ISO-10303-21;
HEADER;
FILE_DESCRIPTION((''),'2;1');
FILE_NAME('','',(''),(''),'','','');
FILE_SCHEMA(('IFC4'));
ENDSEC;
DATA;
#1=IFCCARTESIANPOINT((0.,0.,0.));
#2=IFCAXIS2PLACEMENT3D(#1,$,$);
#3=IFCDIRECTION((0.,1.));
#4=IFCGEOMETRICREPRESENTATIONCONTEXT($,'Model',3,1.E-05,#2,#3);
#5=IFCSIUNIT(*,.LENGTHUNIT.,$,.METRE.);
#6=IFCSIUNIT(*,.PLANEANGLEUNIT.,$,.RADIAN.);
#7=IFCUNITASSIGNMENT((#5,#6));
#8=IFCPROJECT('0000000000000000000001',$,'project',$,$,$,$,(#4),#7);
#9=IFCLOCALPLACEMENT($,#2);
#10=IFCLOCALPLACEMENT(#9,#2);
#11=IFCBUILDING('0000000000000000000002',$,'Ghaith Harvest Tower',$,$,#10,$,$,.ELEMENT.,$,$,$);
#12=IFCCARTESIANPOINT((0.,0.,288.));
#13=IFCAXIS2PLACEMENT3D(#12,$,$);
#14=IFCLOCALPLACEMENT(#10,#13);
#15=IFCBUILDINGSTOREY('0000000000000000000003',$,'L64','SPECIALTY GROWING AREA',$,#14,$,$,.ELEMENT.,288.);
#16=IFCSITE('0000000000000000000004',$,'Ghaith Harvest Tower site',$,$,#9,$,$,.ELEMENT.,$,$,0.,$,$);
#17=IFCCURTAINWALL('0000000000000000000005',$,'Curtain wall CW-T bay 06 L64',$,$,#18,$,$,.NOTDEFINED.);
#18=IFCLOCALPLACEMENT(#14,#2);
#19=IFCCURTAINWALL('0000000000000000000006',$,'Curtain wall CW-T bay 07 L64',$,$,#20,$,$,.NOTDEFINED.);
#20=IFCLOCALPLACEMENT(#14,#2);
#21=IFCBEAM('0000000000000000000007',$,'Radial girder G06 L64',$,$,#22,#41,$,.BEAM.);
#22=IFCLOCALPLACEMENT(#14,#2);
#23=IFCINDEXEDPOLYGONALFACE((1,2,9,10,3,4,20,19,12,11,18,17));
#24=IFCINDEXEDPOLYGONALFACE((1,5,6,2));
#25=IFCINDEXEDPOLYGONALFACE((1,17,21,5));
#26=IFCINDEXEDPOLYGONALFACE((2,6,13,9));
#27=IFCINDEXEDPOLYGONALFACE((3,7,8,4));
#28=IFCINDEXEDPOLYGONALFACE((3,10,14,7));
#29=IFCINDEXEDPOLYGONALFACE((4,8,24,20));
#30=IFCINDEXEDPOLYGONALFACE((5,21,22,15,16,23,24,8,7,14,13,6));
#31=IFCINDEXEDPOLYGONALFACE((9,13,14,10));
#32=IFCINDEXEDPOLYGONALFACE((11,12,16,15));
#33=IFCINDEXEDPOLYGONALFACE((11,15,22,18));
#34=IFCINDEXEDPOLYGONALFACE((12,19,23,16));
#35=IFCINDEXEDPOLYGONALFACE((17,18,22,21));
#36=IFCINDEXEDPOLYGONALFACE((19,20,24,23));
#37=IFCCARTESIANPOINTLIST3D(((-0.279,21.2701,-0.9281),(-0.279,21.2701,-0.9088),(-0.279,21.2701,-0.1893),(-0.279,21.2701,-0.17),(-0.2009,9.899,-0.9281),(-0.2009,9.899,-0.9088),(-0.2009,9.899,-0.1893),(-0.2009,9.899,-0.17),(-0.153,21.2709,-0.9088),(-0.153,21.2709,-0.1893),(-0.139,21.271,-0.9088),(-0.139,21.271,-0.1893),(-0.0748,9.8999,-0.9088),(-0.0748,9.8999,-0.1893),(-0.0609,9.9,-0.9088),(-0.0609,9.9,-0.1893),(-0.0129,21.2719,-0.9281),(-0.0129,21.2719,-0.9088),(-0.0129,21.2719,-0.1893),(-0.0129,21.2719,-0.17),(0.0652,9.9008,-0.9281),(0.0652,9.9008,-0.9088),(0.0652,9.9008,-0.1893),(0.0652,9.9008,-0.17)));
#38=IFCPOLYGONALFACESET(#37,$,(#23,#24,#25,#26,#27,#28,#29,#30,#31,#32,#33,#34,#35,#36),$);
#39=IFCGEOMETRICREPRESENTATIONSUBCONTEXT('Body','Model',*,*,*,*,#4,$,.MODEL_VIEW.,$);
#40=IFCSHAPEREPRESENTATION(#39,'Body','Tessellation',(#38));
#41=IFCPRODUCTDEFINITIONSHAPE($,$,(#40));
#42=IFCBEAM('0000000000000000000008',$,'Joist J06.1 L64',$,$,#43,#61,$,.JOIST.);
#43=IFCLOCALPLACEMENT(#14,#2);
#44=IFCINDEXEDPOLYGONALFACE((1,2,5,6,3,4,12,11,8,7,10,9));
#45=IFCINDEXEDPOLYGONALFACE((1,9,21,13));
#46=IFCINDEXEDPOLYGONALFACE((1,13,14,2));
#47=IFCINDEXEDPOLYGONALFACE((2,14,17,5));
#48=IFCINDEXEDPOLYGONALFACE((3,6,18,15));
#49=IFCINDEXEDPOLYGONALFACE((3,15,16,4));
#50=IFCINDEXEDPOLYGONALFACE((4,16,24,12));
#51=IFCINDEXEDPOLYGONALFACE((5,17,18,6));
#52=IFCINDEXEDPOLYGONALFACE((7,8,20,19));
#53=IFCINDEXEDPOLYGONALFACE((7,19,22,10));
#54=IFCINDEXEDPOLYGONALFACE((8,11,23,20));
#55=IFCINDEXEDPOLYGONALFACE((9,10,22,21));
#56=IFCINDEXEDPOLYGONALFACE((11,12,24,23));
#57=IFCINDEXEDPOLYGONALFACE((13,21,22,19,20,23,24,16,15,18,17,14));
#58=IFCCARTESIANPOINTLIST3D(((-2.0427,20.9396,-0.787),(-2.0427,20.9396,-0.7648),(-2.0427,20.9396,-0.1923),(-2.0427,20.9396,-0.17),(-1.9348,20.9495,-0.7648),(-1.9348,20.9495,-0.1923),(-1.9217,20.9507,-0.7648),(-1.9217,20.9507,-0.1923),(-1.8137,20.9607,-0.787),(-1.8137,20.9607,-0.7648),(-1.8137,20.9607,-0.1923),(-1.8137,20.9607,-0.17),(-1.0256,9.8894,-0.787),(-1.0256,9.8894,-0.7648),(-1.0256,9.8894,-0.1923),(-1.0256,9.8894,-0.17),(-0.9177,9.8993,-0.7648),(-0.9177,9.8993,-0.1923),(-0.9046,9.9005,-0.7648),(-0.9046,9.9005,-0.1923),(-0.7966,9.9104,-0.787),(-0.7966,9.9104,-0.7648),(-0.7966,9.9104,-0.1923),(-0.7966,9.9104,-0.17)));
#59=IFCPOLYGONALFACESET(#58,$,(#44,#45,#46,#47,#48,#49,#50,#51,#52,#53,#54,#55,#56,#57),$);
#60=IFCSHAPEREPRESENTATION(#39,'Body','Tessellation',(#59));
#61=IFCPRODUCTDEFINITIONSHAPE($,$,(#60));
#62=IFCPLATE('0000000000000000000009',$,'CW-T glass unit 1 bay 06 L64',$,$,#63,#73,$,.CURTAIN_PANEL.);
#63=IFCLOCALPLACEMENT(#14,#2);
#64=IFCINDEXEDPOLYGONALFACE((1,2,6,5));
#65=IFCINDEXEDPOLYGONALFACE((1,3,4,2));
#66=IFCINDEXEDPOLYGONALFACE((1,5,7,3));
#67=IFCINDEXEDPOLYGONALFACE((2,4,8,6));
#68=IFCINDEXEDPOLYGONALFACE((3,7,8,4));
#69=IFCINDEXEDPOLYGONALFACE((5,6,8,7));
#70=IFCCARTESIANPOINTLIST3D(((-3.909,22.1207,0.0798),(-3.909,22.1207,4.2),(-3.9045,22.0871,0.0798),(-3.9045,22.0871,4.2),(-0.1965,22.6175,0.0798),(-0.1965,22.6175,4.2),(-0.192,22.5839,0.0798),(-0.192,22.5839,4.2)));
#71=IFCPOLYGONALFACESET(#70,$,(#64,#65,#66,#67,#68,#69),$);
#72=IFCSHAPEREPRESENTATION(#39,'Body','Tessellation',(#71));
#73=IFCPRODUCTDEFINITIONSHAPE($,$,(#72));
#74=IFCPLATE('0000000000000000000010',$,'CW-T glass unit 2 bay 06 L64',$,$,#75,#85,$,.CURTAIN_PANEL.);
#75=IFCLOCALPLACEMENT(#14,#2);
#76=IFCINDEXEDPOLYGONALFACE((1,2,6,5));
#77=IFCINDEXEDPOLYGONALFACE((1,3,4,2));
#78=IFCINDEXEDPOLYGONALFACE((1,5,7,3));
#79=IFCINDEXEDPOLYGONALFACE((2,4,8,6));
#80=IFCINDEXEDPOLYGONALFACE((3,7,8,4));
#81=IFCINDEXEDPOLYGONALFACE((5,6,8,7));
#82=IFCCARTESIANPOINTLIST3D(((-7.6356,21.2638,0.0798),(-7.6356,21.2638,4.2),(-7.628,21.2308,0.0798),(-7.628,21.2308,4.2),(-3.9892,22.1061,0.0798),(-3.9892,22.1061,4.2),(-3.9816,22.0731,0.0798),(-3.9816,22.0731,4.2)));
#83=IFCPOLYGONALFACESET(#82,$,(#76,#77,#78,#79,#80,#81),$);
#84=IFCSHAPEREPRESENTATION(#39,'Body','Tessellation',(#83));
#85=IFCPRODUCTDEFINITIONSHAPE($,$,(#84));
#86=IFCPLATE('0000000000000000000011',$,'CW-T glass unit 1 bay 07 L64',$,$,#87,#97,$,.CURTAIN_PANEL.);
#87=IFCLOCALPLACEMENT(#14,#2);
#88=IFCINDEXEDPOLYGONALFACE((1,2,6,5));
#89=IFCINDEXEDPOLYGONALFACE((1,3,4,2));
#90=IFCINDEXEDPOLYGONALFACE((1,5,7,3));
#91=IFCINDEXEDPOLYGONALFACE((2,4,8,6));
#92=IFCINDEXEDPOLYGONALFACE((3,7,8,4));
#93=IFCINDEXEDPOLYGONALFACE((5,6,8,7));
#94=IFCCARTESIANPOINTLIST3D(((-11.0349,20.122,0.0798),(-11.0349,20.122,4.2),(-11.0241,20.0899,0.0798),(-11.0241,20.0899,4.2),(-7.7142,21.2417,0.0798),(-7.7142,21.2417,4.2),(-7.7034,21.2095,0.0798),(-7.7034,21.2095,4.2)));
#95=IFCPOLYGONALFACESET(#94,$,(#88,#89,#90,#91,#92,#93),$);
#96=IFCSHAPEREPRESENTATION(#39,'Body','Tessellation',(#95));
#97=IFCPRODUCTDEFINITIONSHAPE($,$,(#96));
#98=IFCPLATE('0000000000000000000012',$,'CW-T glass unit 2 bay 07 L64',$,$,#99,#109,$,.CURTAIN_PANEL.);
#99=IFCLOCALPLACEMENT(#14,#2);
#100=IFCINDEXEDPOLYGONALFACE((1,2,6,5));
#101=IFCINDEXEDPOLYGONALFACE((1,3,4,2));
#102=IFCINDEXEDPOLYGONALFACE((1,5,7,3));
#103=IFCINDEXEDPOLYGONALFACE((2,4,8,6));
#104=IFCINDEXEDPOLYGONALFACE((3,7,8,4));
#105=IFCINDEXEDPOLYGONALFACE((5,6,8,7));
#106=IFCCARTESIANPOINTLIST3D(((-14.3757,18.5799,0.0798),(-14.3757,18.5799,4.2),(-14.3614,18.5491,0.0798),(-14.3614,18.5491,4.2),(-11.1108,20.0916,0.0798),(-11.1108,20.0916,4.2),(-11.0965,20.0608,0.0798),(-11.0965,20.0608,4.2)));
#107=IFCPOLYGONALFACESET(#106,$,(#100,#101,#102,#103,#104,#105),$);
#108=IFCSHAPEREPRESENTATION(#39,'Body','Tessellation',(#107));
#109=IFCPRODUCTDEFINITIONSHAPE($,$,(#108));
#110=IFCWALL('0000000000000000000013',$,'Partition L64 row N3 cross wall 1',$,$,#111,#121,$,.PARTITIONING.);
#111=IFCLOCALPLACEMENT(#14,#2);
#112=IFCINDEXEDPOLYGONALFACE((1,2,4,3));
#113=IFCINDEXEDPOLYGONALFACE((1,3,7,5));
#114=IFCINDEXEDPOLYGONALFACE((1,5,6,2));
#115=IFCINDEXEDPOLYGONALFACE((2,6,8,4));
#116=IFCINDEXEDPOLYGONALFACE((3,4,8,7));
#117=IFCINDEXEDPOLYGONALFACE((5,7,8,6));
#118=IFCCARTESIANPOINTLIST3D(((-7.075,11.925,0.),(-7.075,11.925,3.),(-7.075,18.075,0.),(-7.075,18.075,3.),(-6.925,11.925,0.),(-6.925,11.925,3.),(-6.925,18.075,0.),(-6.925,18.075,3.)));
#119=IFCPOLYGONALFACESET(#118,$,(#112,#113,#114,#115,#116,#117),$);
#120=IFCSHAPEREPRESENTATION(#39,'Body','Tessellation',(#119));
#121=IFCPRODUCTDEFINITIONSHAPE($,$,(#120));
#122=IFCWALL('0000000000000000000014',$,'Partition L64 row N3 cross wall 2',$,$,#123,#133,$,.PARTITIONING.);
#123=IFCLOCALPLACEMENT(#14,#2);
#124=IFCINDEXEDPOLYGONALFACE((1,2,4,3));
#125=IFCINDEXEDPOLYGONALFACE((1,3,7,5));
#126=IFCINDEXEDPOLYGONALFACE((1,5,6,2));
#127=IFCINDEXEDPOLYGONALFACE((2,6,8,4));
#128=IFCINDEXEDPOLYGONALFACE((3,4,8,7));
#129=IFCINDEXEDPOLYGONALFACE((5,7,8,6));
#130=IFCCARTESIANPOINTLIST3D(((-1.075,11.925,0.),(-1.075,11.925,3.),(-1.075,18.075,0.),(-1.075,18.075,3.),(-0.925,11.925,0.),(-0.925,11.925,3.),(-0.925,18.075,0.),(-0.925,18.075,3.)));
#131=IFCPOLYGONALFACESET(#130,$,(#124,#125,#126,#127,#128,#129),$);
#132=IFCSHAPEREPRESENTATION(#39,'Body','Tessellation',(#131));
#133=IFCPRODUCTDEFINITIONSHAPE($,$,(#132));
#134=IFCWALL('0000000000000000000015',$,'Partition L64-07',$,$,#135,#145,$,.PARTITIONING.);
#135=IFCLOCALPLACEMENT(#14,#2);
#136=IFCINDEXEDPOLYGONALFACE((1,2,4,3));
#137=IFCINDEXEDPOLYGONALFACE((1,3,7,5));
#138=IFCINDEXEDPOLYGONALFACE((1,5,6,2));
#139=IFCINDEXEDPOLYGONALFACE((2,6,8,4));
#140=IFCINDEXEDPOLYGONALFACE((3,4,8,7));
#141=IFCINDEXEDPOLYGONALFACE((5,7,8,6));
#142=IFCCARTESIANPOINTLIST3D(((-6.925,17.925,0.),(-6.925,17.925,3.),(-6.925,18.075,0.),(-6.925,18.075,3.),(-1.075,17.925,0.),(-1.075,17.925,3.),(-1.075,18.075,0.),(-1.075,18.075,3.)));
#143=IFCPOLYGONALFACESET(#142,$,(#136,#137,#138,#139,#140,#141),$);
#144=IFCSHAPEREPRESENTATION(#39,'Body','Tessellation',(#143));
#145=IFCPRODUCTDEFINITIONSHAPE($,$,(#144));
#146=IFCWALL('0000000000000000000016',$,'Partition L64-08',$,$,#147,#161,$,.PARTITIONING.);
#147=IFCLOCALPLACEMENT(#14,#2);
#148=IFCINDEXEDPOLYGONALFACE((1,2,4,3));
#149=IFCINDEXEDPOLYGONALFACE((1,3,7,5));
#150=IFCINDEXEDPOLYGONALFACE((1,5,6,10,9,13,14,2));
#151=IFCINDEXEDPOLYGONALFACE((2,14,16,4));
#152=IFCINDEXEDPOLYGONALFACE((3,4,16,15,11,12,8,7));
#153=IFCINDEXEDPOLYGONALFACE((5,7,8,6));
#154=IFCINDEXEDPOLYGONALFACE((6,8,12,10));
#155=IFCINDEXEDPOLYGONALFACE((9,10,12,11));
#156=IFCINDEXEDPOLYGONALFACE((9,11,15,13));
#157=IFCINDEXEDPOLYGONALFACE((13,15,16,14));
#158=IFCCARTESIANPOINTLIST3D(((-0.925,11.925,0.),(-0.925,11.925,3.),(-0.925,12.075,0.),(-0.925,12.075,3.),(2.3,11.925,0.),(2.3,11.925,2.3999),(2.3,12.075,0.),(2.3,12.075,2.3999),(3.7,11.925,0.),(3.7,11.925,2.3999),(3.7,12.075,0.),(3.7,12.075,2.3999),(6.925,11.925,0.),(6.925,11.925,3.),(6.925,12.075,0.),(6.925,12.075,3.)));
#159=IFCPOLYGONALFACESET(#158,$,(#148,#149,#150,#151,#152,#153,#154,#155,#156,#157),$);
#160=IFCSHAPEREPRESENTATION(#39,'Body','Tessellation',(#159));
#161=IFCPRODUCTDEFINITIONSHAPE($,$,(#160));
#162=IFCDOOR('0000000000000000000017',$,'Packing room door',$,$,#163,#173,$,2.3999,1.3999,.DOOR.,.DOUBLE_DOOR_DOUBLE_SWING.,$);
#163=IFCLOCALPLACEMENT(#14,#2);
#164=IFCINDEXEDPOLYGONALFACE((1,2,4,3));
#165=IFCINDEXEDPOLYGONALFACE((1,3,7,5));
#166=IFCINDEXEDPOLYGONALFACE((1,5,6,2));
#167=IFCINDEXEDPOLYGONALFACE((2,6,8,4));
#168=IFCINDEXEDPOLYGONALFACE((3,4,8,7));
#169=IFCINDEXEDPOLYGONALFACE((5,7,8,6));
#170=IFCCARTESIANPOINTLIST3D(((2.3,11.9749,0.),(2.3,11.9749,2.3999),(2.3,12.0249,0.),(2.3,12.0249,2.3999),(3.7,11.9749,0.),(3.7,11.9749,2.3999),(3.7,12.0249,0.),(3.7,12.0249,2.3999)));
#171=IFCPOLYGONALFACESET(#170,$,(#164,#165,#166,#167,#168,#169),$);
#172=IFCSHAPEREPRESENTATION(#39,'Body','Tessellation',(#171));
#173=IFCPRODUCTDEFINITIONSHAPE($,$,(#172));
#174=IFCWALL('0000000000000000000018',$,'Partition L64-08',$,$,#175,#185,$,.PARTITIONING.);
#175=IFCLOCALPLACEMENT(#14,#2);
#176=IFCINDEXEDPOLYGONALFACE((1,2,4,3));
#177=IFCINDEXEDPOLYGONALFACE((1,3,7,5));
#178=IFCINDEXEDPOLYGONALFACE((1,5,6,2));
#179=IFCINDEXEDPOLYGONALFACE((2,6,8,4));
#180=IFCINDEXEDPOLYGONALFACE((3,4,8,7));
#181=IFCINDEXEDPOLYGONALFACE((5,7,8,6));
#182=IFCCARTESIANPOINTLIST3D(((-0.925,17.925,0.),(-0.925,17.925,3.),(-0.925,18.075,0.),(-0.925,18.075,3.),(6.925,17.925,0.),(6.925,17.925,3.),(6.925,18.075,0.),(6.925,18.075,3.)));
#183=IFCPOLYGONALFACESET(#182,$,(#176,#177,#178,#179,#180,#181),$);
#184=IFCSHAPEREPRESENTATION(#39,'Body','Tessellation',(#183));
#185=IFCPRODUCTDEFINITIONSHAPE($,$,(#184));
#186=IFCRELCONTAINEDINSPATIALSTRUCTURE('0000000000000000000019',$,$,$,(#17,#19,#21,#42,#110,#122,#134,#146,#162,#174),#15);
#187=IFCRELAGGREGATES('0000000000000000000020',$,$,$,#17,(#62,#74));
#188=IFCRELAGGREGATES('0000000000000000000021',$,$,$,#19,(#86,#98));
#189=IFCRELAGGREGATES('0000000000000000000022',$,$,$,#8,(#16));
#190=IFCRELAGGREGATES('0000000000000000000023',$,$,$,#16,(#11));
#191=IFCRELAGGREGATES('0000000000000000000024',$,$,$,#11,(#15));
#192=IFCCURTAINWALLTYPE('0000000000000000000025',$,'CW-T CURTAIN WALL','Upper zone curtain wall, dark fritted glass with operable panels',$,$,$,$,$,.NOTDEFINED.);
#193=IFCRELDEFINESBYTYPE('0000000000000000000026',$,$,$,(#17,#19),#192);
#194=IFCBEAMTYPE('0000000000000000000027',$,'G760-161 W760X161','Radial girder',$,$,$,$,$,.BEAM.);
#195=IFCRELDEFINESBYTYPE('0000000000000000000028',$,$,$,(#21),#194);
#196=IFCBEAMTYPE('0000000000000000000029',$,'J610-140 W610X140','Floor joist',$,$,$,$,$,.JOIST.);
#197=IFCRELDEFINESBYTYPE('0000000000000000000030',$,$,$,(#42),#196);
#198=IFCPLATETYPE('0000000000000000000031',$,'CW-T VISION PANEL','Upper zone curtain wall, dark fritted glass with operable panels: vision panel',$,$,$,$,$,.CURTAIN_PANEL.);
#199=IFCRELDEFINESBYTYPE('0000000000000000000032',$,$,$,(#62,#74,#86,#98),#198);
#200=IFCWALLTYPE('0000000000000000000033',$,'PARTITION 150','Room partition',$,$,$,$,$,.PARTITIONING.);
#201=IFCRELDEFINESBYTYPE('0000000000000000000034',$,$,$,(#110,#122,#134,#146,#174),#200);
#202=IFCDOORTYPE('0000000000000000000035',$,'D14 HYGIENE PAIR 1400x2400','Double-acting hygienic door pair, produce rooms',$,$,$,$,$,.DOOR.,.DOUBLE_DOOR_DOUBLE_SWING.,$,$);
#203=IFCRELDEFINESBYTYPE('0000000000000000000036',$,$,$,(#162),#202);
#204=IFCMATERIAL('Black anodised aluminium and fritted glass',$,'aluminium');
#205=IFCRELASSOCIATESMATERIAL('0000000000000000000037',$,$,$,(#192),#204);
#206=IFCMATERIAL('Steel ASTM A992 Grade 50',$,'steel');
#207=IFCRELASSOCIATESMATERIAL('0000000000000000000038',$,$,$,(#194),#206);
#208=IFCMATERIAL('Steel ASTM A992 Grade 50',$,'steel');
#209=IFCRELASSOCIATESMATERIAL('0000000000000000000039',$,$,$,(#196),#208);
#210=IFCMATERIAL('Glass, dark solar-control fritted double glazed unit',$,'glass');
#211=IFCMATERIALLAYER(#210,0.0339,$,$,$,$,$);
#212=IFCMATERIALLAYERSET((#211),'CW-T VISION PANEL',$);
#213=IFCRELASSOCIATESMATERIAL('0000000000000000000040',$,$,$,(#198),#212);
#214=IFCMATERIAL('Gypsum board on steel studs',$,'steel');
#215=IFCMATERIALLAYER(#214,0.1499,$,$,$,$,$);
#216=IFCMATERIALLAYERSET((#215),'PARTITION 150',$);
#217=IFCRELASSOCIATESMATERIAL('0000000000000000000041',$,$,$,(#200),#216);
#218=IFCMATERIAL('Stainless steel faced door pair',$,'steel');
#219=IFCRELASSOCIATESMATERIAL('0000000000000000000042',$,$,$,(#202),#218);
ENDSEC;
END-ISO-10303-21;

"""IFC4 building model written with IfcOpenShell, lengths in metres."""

from ifc_helpers import new_model, si_unit, direction, frame, frame_2d, origin, origin_2d, place, context, subcontext, project, spatial, rectangle, i_section, extrude, material, layer, layer_set, material_profile, profile_set, type_object, element, fill, aggregate, save


model = new_model("IFC4")

# Units and contexts
model_context = context("Model", 3, precision=1e-05, world=origin(), true_north=direction((0.0, 1.0)))
body_context = subcontext(model_context, "Body", "Model", "MODEL_VIEW")
ifc_project = project(units=[si_unit("LENGTHUNIT", "METRE"), si_unit("PLANEANGLEUNIT", "RADIAN")], contexts=[model_context])

# Site, building, storey
site_placement = place(None, origin())
site = spatial("IfcSite", under=ifc_project, at=site_placement, Name="Ghaith Harvest Tower site", CompositionType="ELEMENT", RefElevation=0.0)
building_placement = place(site_placement, origin())
building = spatial("IfcBuilding", under=site, at=building_placement, Name="Ghaith Harvest Tower", CompositionType="ELEMENT")
storey_placement = place(building_placement, frame((0.0, 0.0, 288.0)))
storey = spatial("IfcBuildingStorey", under=building, at=storey_placement, Name="L64", Description="SPECIALTY GROWING AREA", CompositionType="ELEMENT", Elevation=288.0)

# Curtain walls
ifc_material_1 = material(Name="Black anodised aluminium and fritted glass", Category="aluminium")
curtain_wall_type = type_object("IfcCurtainWallType", Name="CW-T CURTAIN WALL", Description="Upper zone curtain wall, dark fritted glass with operable panels", PredefinedType="NOTDEFINED", material=ifc_material_1)
curtain_wall_1_placement = place(storey_placement, origin())
curtain_wall_1 = element("IfcCurtainWall", 1, at=curtain_wall_1_placement, inside=storey, type_object=curtain_wall_type, Name="Curtain wall CW-T bay 06 L64", PredefinedType="NOTDEFINED")
curtain_wall_2_placement = place(storey_placement, origin())
curtain_wall_2 = element("IfcCurtainWall", 2, at=curtain_wall_2_placement, inside=storey, type_object=curtain_wall_type, Name="Curtain wall CW-T bay 07 L64", PredefinedType="NOTDEFINED")

# Beams
ifc_material_2 = material(Name="Steel ASTM A992 Grade 50", Category="steel")
ifc_material_profile_1 = material_profile(ifc_material_2, i_section(OverallWidth=0.2661, OverallDepth=0.7581, WebThickness=0.0139, FlangeThickness=0.0193, at=origin_2d()), Name="W760X161")
ifc_profile_set_1 = profile_set([ifc_material_profile_1], Name="Steel ASTM A992 Grade 50")
beam_type_1 = type_object("IfcBeamType", Name="G760-161 W760X161", Description="Radial girder", PredefinedType="BEAM", material=ifc_profile_set_1)
beam_1_placement = place(storey_placement, frame((-0.0679, 9.8999, -0.5491), z_axis=(-0.00687, 0.999976, 0.0), x_axis=(-0.999976, -0.00687, 0.0)))
element("IfcBeam", 3, at=beam_1_placement, inside=storey, type_object=beam_type_1, Name="Radial girder G06 L64", PredefinedType="BEAM", context=body_context, shape_type="SweptSolid", body=[
    extrude(i_section(OverallWidth=0.2661, OverallDepth=0.7581, WebThickness=0.0139, FlangeThickness=0.0193, at=origin_2d()), origin(), (0.0, 0.0, 1.0), 11.3713),
])
ifc_material_3 = material(Name="Steel ASTM A992 Grade 50", Category="steel")
ifc_material_profile_2 = material_profile(ifc_material_3, i_section(OverallWidth=0.23, OverallDepth=0.6169, WebThickness=0.0132, FlangeThickness=0.0222, at=origin_2d()), Name="W610X140")
ifc_profile_set_2 = profile_set([ifc_material_profile_2], Name="Steel ASTM A992 Grade 50")
beam_type_2 = type_object("IfcBeamType", Name="J610-140 W610X140", Description="Floor joist", PredefinedType="JOIST", material=ifc_profile_set_2)
beam_2_placement = place(storey_placement, frame((-0.9111, 9.8999, -0.4785), z_axis=(-0.091654, 0.995791, 0.0), x_axis=(-0.995791, -0.091654, 0.0)))
element("IfcBeam", 4, at=beam_2_placement, inside=storey, type_object=beam_type_2, Name="Joist J06.1 L64", PredefinedType="JOIST", context=body_context, shape_type="SweptSolid", body=[
    extrude(i_section(OverallWidth=0.23, OverallDepth=0.6169, WebThickness=0.0132, FlangeThickness=0.0222, at=origin_2d()), origin(), (0.0, 0.0, 1.0), 11.0969),
])

# Plates
ifc_material_4 = material(Name="Glass, dark solar-control fritted double glazed unit", Category="glass")
ifc_layer_1 = layer(ifc_material_4, 0.0339)
ifc_layer_set_1 = layer_set([ifc_layer_1], Name="CW-T VISION PANEL")
plate_type = type_object("IfcPlateType", Name="CW-T VISION PANEL", Description="Upper zone curtain wall, dark fritted glass with operable panels: vision panel", PredefinedType="CURTAIN_PANEL", material=ifc_layer_set_1)
plate_1_placement = place(storey_placement, frame((-2.0505, 22.3523, 0.0798), z_axis=(0.0, 0.0, 1.0), x_axis=(-0.991165, -0.132633, 0.0)))
plate_1 = element("IfcPlate", 5, at=plate_1_placement, type_object=plate_type, Name="CW-T glass unit 1 bay 06 L64", PredefinedType="CURTAIN_PANEL", context=body_context, shape_type="SweptSolid", body=[
    extrude(rectangle(XDim=3.7456, YDim=0.0339, at=origin_2d()), origin(), (0.0, 0.0, 1.0), 4.1201),
])
plate_2_placement = place(storey_placement, frame((-5.8086, 21.6685, 0.0798), z_axis=(0.0, 0.0, 1.0), x_axis=(-0.974342, -0.225072, 0.0)))
plate_2 = element("IfcPlate", 6, at=plate_2_placement, type_object=plate_type, Name="CW-T glass unit 2 bay 06 L64", PredefinedType="CURTAIN_PANEL", context=body_context, shape_type="SweptSolid", body=[
    extrude(rectangle(XDim=3.7424, YDim=0.0339, at=origin_2d()), origin(), (0.0, 0.0, 1.0), 4.1201),
])
aggregate(curtain_wall_1, [plate_1, plate_2])
plate_3_placement = place(storey_placement, frame((-9.3691, 20.6658, 0.0798), z_axis=(0.0, 0.0, 1.0), x_axis=(-0.947586, -0.3195, 0.0)))
plate_3 = element("IfcPlate", 7, at=plate_3_placement, type_object=plate_type, Name="CW-T glass unit 1 bay 07 L64", PredefinedType="CURTAIN_PANEL", context=body_context, shape_type="SweptSolid", body=[
    extrude(rectangle(XDim=3.5044, YDim=0.0339, at=origin_2d()), origin(), (0.0, 0.0, 1.0), 4.1201),
])
plate_4_placement = place(storey_placement, frame((-12.7361, 19.3203, 0.0798), z_axis=(0.0, 0.0, 1.0), x_axis=(-0.90745, -0.42016, 0.0)))
plate_4 = element("IfcPlate", 8, at=plate_4_placement, type_object=plate_type, Name="CW-T glass unit 2 bay 07 L64", PredefinedType="CURTAIN_PANEL", context=body_context, shape_type="SweptSolid", body=[
    extrude(rectangle(XDim=3.5979, YDim=0.0339, at=origin_2d()), origin(), (0.0, 0.0, 1.0), 4.1201),
])
aggregate(curtain_wall_2, [plate_3, plate_4])

# Walls
ifc_material_5 = material(Name="Gypsum board on steel studs", Category="steel")
ifc_layer_2 = layer(ifc_material_5, 0.1499)
ifc_layer_set_2 = layer_set([ifc_layer_2], Name="PARTITION 150")
wall_type = type_object("IfcWallType", Name="PARTITION 150", Description="Room partition", PredefinedType="PARTITIONING", material=ifc_layer_set_2)
for number, where, z_axis, x_axis, name in (
    (9, (-7.0, 11.925, 0.0), (0.0, 0.0, 1.0), (0.0, 1.0, 0.0), "Partition L64 row N3 cross wall 1"),
    (10, (-1.0, 11.925, 0.0), (0.0, 0.0, 1.0), (0.0, 1.0, 0.0), "Partition L64 row N3 cross wall 2"),
):
    element("IfcWall", number, at=place(storey_placement, frame(where, z_axis=z_axis, x_axis=x_axis)), inside=storey, type_object=wall_type, Name=name, PredefinedType="PARTITIONING", context=body_context, shape_type="SweptSolid", body=[
        extrude(rectangle(XDim=6.1499, YDim=0.1499, at=frame_2d((3.075, 0.0))), origin(), (0.0, 0.0, 1.0), 3.0),
    ])

# Shared definitions
ifc_material_6 = material(Name="Stainless steel faced door pair", Category="steel")
door_type = type_object("IfcDoorType", Name="D14 HYGIENE PAIR 1400x2400", Description="Double-acting hygienic door pair, produce rooms", OperationType="DOUBLE_DOOR_DOUBLE_SWING", PredefinedType="DOOR", material=ifc_material_6)

# Wall
wall_1_placement = place(storey_placement, frame((-6.925, 18.0, 0.0), z_axis=(0.0, 0.0, 1.0), x_axis=(1.0, 0.0, 0.0)))
element("IfcWall", 11, at=wall_1_placement, inside=storey, type_object=wall_type, Name="Partition L64-07", PredefinedType="PARTITIONING", context=body_context, shape_type="SweptSolid", body=[
    extrude(rectangle(XDim=5.8501, YDim=0.1499, at=frame_2d((2.925, 0.0))), origin(), (0.0, 0.0, 1.0), 3.0),
])

# Wall, opening, door
wall_2_placement = place(storey_placement, frame((-0.925, 12.0, 0.0), z_axis=(0.0, 0.0, 1.0), x_axis=(1.0, 0.0, 0.0)))
wall_2 = element("IfcWall", 12, at=wall_2_placement, inside=storey, type_object=wall_type, Name="Partition L64-08", PredefinedType="PARTITIONING", context=body_context, shape_type="SweptSolid", body=[
    extrude(rectangle(XDim=7.8501, YDim=0.1499, at=frame_2d((3.925, 0.0))), origin(), (0.0, 0.0, 1.0), 3.0),
])
opening_1_placement = place(wall_2_placement, frame((3.2251, 0.0, 0.0)))
opening_1 = element("IfcOpeningElement", 13, at=opening_1_placement, cuts=wall_2, PredefinedType="OPENING", context=body_context, shape_type="SweptSolid", body=[
    extrude(rectangle(XDim=1.3999, YDim=2.3999, at=frame_2d((0.7, 1.2))), frame((0.0, 0.085, 0.0), z_axis=(0.0, -1.0, 0.0), x_axis=(1.0, 0.0, 0.0)), (0.0, 0.0, 1.0), 0.1699),
])
door_1_placement = place(opening_1_placement, origin())
door_1 = element("IfcDoor", 14, at=door_1_placement, inside=storey, type_object=door_type, Name="Packing room door", OperationType="DOUBLE_DOOR_DOUBLE_SWING", OverallHeight=2.3999, OverallWidth=1.3999, PredefinedType="DOOR", context=body_context, shape_type="SweptSolid", body=[
    extrude(rectangle(XDim=1.3999, YDim=2.3999, at=frame_2d((0.7, 1.2))), frame((0.0, 0.0249, 0.0), z_axis=(0.0, -1.0, 0.0), x_axis=(1.0, 0.0, 0.0)), (0.0, 0.0, 1.0), 0.05),
])
fill(opening_1, door_1)

# Wall
wall_3_placement = place(storey_placement, frame((-0.925, 18.0, 0.0), z_axis=(0.0, 0.0, 1.0), x_axis=(1.0, 0.0, 0.0)))
element("IfcWall", 15, at=wall_3_placement, inside=storey, type_object=wall_type, Name="Partition L64-08", PredefinedType="PARTITIONING", context=body_context, shape_type="SweptSolid", body=[
    extrude(rectangle(XDim=7.8501, YDim=0.1499, at=frame_2d((3.925, 0.0))), origin(), (0.0, 0.0, 1.0), 3.0),
])

save(model, "model.ifc")
